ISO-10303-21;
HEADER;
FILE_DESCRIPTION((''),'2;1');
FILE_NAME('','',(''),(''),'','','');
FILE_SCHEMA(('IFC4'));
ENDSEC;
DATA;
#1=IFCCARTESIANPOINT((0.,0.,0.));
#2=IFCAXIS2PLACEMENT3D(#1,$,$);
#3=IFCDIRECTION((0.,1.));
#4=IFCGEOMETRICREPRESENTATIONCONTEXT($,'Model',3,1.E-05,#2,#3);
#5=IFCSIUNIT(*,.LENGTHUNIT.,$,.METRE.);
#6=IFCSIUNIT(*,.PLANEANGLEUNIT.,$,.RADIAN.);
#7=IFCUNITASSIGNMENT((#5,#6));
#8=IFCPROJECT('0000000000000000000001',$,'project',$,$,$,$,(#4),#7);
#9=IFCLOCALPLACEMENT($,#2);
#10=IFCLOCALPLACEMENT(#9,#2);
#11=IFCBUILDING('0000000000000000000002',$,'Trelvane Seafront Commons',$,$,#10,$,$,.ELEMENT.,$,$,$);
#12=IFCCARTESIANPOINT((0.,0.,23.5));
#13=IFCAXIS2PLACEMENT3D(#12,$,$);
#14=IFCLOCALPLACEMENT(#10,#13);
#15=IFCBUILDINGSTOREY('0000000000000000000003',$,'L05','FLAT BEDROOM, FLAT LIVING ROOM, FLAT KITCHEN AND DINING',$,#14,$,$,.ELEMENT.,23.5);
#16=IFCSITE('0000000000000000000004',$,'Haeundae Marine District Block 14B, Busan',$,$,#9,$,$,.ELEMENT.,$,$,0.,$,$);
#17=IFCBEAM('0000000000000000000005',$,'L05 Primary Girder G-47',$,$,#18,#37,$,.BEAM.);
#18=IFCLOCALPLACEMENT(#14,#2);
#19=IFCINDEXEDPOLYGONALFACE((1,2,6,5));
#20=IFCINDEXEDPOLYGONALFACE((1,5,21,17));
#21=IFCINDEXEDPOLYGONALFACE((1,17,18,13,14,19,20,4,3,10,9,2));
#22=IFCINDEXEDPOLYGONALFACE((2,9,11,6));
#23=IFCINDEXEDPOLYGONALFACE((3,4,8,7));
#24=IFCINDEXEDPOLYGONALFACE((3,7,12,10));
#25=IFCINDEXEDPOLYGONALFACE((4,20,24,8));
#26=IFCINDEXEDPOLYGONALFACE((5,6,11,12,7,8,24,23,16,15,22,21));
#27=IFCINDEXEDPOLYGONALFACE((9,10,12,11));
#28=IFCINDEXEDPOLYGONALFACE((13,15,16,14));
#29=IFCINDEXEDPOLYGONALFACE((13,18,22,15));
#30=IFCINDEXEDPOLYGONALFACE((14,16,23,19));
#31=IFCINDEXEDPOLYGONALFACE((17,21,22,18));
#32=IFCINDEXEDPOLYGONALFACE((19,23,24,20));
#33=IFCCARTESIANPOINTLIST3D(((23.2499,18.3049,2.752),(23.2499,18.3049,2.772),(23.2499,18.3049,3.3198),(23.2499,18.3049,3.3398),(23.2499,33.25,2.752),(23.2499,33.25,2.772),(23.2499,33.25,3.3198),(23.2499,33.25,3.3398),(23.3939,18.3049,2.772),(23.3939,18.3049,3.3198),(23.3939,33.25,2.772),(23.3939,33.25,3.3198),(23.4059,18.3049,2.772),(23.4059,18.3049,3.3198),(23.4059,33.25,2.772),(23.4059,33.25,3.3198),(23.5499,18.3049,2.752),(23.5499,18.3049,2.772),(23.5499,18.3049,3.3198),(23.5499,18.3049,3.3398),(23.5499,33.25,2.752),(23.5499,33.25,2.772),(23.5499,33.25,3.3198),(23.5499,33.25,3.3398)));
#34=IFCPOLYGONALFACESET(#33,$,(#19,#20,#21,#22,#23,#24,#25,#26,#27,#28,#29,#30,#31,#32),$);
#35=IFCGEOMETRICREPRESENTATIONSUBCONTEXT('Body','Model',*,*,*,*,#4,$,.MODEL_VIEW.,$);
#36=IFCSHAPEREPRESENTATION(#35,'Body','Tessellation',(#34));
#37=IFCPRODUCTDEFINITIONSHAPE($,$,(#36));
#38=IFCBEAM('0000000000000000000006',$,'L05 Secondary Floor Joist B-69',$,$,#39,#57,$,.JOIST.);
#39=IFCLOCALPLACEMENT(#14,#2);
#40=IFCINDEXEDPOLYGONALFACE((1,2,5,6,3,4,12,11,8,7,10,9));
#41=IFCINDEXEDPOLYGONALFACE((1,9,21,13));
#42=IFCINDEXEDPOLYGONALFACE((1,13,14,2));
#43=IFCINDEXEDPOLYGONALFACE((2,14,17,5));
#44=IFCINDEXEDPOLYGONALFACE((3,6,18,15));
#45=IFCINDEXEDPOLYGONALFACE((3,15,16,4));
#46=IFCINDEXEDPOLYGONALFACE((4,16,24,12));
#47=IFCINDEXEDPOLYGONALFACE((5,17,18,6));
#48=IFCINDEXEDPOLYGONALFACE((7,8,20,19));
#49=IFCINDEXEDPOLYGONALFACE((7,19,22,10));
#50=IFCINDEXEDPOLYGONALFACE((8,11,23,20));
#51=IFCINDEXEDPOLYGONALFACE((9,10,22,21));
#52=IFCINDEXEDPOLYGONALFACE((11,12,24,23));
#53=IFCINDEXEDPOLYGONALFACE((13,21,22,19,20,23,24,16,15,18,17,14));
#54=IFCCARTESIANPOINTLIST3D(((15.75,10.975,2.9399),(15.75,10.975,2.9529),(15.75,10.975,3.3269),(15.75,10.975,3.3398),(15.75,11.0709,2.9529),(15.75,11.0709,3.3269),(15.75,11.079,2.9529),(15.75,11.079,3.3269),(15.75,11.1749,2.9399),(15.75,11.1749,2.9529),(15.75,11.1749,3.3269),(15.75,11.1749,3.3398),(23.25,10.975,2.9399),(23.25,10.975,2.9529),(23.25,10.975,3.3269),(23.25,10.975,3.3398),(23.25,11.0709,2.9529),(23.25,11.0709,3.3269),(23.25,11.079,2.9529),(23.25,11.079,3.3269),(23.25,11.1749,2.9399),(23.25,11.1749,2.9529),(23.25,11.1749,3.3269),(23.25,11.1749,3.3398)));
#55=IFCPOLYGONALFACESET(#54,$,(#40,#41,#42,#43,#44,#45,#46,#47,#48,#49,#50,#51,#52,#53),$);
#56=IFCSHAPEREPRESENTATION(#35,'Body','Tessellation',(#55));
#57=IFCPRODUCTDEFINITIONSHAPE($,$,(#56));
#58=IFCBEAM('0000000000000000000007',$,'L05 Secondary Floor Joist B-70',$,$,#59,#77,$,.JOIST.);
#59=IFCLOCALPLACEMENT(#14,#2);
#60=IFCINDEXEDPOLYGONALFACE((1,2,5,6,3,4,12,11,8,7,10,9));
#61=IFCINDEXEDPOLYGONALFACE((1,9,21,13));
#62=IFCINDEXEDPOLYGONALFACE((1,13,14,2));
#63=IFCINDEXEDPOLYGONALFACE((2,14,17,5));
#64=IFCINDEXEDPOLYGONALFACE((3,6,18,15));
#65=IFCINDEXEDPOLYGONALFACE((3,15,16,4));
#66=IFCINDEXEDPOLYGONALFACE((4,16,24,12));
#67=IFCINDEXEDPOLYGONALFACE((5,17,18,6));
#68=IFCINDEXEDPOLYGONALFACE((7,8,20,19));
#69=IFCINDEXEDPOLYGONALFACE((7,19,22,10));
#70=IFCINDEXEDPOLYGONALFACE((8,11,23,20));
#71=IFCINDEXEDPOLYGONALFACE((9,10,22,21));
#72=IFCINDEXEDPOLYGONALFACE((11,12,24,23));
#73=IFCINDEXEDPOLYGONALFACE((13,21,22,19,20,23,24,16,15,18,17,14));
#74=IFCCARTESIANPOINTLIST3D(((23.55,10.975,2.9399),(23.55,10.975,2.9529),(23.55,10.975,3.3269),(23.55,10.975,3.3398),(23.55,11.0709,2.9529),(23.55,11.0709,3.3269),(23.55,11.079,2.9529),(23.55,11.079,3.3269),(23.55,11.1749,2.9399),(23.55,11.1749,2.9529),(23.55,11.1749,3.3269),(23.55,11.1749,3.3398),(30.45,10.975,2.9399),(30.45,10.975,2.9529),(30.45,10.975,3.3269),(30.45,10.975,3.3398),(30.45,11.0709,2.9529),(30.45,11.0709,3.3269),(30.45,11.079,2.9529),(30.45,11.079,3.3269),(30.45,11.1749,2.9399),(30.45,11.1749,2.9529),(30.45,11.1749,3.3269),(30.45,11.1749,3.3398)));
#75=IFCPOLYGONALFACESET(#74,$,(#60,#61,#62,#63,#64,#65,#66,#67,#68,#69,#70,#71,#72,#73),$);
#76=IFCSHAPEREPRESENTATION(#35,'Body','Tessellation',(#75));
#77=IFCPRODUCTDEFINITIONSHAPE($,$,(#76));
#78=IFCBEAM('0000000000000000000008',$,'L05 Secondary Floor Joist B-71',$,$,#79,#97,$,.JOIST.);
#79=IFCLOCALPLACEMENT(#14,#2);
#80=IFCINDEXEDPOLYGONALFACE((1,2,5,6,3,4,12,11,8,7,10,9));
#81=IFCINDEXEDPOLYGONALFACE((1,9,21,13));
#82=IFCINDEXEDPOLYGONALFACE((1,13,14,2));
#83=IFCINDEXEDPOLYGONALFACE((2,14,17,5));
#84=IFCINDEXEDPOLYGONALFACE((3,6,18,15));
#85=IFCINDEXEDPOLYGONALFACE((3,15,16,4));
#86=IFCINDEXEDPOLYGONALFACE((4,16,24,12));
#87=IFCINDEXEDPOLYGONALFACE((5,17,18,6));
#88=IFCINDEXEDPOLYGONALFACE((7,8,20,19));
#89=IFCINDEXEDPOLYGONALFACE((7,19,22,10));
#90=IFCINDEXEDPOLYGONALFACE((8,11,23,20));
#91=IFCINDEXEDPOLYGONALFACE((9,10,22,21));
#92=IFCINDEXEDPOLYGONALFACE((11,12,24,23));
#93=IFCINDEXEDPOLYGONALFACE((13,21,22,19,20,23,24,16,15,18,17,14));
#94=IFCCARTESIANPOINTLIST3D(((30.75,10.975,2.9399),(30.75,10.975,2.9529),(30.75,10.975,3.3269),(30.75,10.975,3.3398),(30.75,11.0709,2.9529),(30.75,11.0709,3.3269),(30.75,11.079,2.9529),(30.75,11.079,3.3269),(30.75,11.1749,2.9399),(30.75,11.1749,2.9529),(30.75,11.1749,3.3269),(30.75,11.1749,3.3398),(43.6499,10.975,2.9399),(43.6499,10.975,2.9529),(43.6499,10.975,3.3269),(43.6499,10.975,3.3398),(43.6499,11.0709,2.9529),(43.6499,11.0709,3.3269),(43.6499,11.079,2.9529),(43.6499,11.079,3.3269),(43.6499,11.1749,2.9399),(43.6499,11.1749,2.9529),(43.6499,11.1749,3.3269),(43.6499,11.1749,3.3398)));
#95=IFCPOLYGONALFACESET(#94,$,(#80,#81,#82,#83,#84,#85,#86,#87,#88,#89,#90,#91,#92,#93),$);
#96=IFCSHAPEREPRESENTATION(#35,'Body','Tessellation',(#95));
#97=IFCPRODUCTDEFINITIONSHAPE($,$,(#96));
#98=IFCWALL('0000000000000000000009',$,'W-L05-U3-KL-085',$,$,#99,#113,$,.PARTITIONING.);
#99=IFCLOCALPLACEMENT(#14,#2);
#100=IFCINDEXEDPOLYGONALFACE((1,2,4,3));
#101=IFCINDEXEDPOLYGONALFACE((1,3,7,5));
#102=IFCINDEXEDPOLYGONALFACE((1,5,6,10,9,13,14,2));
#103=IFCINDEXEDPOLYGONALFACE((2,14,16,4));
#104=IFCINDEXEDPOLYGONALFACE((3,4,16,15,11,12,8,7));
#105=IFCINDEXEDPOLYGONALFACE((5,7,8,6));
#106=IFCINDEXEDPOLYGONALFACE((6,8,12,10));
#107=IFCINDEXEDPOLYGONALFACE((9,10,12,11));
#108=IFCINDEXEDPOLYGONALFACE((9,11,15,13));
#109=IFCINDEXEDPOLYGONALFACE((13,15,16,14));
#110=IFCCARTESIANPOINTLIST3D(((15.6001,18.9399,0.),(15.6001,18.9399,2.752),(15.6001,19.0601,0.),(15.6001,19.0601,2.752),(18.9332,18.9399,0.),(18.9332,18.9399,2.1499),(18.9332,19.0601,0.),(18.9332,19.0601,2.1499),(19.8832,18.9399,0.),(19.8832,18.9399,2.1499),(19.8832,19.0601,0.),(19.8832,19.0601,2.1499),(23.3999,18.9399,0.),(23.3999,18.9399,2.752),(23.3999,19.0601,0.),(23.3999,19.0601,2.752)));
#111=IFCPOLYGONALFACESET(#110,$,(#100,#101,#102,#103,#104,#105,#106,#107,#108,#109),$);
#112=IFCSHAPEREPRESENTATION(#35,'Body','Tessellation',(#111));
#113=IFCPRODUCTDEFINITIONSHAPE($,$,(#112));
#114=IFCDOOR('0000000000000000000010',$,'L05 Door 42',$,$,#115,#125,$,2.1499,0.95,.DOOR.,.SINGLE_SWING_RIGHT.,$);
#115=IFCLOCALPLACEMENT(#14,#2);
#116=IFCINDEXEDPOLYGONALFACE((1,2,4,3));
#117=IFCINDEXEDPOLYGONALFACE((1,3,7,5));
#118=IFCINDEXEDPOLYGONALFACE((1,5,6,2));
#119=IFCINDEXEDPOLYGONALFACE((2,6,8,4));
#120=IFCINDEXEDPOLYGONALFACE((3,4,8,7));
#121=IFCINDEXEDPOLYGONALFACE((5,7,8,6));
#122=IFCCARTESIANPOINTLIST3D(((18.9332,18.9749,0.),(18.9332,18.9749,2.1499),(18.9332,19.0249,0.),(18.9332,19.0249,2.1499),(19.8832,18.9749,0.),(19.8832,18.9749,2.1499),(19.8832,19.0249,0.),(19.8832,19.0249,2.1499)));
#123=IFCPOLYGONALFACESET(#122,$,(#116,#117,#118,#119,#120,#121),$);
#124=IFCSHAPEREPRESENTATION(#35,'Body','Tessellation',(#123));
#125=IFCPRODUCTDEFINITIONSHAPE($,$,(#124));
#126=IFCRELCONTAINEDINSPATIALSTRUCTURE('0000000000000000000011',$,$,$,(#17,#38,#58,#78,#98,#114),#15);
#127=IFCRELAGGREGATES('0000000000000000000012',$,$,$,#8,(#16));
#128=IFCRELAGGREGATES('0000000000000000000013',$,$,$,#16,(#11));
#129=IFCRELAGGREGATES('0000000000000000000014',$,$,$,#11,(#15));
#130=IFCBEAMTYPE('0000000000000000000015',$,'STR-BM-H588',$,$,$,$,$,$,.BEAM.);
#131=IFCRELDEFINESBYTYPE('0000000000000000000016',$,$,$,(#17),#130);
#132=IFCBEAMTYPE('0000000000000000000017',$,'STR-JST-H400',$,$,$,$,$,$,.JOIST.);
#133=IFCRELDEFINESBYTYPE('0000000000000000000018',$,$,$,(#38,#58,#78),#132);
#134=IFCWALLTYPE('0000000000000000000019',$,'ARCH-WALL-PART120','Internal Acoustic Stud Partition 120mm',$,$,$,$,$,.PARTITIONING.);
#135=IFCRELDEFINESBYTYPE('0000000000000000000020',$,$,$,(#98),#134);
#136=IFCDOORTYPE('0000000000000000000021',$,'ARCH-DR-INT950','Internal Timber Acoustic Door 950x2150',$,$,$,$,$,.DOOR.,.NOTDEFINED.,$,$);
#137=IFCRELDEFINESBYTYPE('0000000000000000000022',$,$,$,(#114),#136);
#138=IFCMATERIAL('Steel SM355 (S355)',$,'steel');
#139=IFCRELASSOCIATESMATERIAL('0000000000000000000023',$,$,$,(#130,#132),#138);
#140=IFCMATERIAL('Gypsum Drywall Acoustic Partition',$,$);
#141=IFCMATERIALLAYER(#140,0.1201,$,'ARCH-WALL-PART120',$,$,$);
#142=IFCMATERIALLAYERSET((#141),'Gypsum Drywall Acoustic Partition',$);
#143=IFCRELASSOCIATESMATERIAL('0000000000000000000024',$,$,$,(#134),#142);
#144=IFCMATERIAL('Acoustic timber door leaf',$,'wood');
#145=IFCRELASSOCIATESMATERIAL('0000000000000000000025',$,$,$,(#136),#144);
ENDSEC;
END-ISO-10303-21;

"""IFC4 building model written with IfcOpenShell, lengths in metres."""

from ifc_helpers import new_model, si_unit, direction, frame, frame_2d, origin, origin_2d, place, context, subcontext, project, spatial, rectangle, i_section, extrude, source, transform, mapped, material, layer, layer_set, material_profile, profile_set, type_object, element, fill, save


model = new_model("IFC4")

# Units and contexts
model_context = context("Model", 3, precision=1e-05, world=origin(), true_north=direction((0.0, 1.0)))
body_context = subcontext(model_context, "Body", "Model", "MODEL_VIEW")
ifc_project = project(units=[si_unit("LENGTHUNIT", "METRE"), si_unit("PLANEANGLEUNIT", "RADIAN")], contexts=[model_context])

# Site, building, storey
site_placement = place(None, origin())
site = spatial("IfcSite", under=ifc_project, at=site_placement, Name="Haeundae Marine District Block 14B, Busan", CompositionType="ELEMENT", RefElevation=0.0)
building_placement = place(site_placement, origin())
building = spatial("IfcBuilding", under=site, at=building_placement, Name="Trelvane Seafront Commons", CompositionType="ELEMENT")
storey_placement = place(building_placement, frame((0.0, 0.0, 23.5)))
storey = spatial("IfcBuildingStorey", under=building, at=storey_placement, Name="L05", Description="FLAT BEDROOM, FLAT LIVING ROOM, FLAT KITCHEN AND DINING", CompositionType="ELEMENT", Elevation=23.5)

# Shared definitions
ifc_material_1 = material(Name="Steel SM355 (S355)", Category="steel")

# Beams
ifc_material_profile_1 = material_profile(ifc_material_1, i_section(OverallWidth=0.3, OverallDepth=0.5879, WebThickness=0.012, FlangeThickness=0.02, at=origin_2d()), Name="H-588x300x12x20")
ifc_profile_set_1 = profile_set([ifc_material_profile_1], Name="Steel SM355 (S355)")
beam_type_1 = type_object("IfcBeamType", Name="STR-BM-H588", PredefinedType="BEAM", material=ifc_profile_set_1)
shared_shape_1 = source(origin(), body_context, "Body", "SweptSolid", [
    extrude(i_section(OverallWidth=0.3, OverallDepth=0.5879, WebThickness=0.012, FlangeThickness=0.02, at=origin_2d()), origin(), (0.0, 0.0, 1.0), 14.9451),
])
beam_1_placement = place(storey_placement, frame((23.3999, 18.3049, 3.0459), z_axis=(0.0, 1.0, 0.0), x_axis=(-1.0, 0.0, 0.0)))
element("IfcBeam", 1, at=beam_1_placement, inside=storey, type_object=beam_type_1, Name="L05 Primary Girder G-47", PredefinedType="BEAM", context=body_context, shape_type="MappedRepresentation", body=[
    mapped(shared_shape_1, transform((0.0, 0.0, 0.0), x_axis=(1.0, 0.0, 0.0), y_axis=(0.0, 1.0, 0.0), z_axis=(0.0, 0.0, 1.0), scale=1.0)),
])
ifc_material_profile_2 = material_profile(ifc_material_1, i_section(OverallWidth=0.2, OverallDepth=0.3999, WebThickness=0.0081, FlangeThickness=0.0129, at=origin_2d()), Name="H-400x200x8x13")
ifc_profile_set_2 = profile_set([ifc_material_profile_2], Name="Steel SM355 (S355)")
beam_type_2 = type_object("IfcBeamType", Name="STR-JST-H400", PredefinedType="JOIST", material=ifc_profile_set_2)
shared_shape_2 = source(origin(), body_context, "Body", "SweptSolid", [
    extrude(i_section(OverallWidth=0.2, OverallDepth=0.3999, WebThickness=0.0081, FlangeThickness=0.0129, at=origin_2d()), origin(), (0.0, 0.0, 1.0), 7.5),
])
beam_2_placement = place(storey_placement, frame((15.75, 11.075, 3.1399), z_axis=(1.0, 0.0, 0.0), x_axis=(0.0, 1.0, 0.0)))
element("IfcBeam", 2, at=beam_2_placement, inside=storey, type_object=beam_type_2, Name="L05 Secondary Floor Joist B-69", PredefinedType="JOIST", context=body_context, shape_type="MappedRepresentation", body=[
    mapped(shared_shape_2, transform((0.0, 0.0, 0.0), x_axis=(1.0, 0.0, 0.0), y_axis=(0.0, 1.0, 0.0), z_axis=(0.0, 0.0, 1.0), scale=1.0)),
])
shared_shape_3 = source(origin(), body_context, "Body", "SweptSolid", [
    extrude(i_section(OverallWidth=0.2, OverallDepth=0.3999, WebThickness=0.0081, FlangeThickness=0.0129, at=origin_2d()), origin(), (0.0, 0.0, 1.0), 6.8999),
])
beam_3_placement = place(storey_placement, frame((23.55, 11.075, 3.1399), z_axis=(1.0, 0.0, 0.0), x_axis=(0.0, 1.0, 0.0)))
element("IfcBeam", 3, at=beam_3_placement, inside=storey, type_object=beam_type_2, Name="L05 Secondary Floor Joist B-70", PredefinedType="JOIST", context=body_context, shape_type="MappedRepresentation", body=[
    mapped(shared_shape_3, transform((0.0, 0.0, 0.0), x_axis=(1.0, 0.0, 0.0), y_axis=(0.0, 1.0, 0.0), z_axis=(0.0, 0.0, 1.0), scale=1.0)),
])
shared_shape_4 = source(origin(), body_context, "Body", "SweptSolid", [
    extrude(i_section(OverallWidth=0.2, OverallDepth=0.3999, WebThickness=0.0081, FlangeThickness=0.0129, at=origin_2d()), origin(), (0.0, 0.0, 1.0), 12.8999),
])
beam_4_placement = place(storey_placement, frame((30.75, 11.075, 3.1399), z_axis=(1.0, 0.0, 0.0), x_axis=(0.0, 1.0, 0.0)))
element("IfcBeam", 4, at=beam_4_placement, inside=storey, type_object=beam_type_2, Name="L05 Secondary Floor Joist B-71", PredefinedType="JOIST", context=body_context, shape_type="MappedRepresentation", body=[
    mapped(shared_shape_4, transform((0.0, 0.0, 0.0), x_axis=(1.0, 0.0, 0.0), y_axis=(0.0, 1.0, 0.0), z_axis=(0.0, 0.0, 1.0), scale=1.0)),
])

# Wall, opening, door
ifc_material_2 = material(Name="Gypsum Drywall Acoustic Partition")
ifc_layer = layer(ifc_material_2, 0.1201, Name="ARCH-WALL-PART120")
ifc_layer_set = layer_set([ifc_layer], Name="Gypsum Drywall Acoustic Partition")
wall_type = type_object("IfcWallType", Name="ARCH-WALL-PART120", Description="Internal Acoustic Stud Partition 120mm", PredefinedType="PARTITIONING", material=ifc_layer_set)
wall_placement = place(storey_placement, frame((15.6001, 19.0, 0.0), z_axis=(0.0, 0.0, 1.0), x_axis=(1.0, 0.0, 0.0)))
wall = element("IfcWall", 5, at=wall_placement, inside=storey, type_object=wall_type, Name="W-L05-U3-KL-085", PredefinedType="PARTITIONING", context=body_context, shape_type="SweptSolid", body=[
    extrude(rectangle(XDim=7.7998, YDim=0.1201, at=frame_2d((3.8999, 0.0))), origin(), (0.0, 0.0, 1.0), 2.752),
])
opening_placement = place(wall_placement, frame((3.333, 0.0, 0.0)))
opening = element("IfcOpeningElement", 6, at=opening_placement, cuts=wall, PredefinedType="OPENING", context=body_context, shape_type="SweptSolid", body=[
    extrude(rectangle(XDim=0.95, YDim=2.1499, at=frame_2d((0.4751, 1.075))), frame((0.0, 0.0701, 0.0), z_axis=(0.0, -1.0, 0.0), x_axis=(1.0, 0.0, 0.0)), (0.0, 0.0, 1.0), 0.1401),
])
ifc_material_3 = material(Name="Acoustic timber door leaf", Category="wood")
door_type = type_object("IfcDoorType", Name="ARCH-DR-INT950", Description="Internal Timber Acoustic Door 950x2150", OperationType="NOTDEFINED", PredefinedType="DOOR", material=ifc_material_3)
shared_shape_5 = source(origin(), body_context, "Body", "SweptSolid", [
    extrude(rectangle(XDim=0.95, YDim=2.1499, at=frame_2d((0.4751, 1.075))), frame((0.0, 0.0249, 0.0), z_axis=(0.0, -1.0, 0.0), x_axis=(1.0, 0.0, 0.0)), (0.0, 0.0, 1.0), 0.05),
])
door_placement = place(opening_placement, origin())
door = element("IfcDoor", 7, at=door_placement, inside=storey, type_object=door_type, Name="L05 Door 42", OperationType="SINGLE_SWING_RIGHT", OverallHeight=2.1499, OverallWidth=0.95, PredefinedType="DOOR", context=body_context, shape_type="MappedRepresentation", body=[
    mapped(shared_shape_5, transform((0.0, 0.0, 0.0), x_axis=(1.0, 0.0, 0.0), y_axis=(0.0, 1.0, 0.0), z_axis=(0.0, 0.0, 1.0), scale=1.0)),
])
fill(opening, door)

save(model, "model.ifc")
